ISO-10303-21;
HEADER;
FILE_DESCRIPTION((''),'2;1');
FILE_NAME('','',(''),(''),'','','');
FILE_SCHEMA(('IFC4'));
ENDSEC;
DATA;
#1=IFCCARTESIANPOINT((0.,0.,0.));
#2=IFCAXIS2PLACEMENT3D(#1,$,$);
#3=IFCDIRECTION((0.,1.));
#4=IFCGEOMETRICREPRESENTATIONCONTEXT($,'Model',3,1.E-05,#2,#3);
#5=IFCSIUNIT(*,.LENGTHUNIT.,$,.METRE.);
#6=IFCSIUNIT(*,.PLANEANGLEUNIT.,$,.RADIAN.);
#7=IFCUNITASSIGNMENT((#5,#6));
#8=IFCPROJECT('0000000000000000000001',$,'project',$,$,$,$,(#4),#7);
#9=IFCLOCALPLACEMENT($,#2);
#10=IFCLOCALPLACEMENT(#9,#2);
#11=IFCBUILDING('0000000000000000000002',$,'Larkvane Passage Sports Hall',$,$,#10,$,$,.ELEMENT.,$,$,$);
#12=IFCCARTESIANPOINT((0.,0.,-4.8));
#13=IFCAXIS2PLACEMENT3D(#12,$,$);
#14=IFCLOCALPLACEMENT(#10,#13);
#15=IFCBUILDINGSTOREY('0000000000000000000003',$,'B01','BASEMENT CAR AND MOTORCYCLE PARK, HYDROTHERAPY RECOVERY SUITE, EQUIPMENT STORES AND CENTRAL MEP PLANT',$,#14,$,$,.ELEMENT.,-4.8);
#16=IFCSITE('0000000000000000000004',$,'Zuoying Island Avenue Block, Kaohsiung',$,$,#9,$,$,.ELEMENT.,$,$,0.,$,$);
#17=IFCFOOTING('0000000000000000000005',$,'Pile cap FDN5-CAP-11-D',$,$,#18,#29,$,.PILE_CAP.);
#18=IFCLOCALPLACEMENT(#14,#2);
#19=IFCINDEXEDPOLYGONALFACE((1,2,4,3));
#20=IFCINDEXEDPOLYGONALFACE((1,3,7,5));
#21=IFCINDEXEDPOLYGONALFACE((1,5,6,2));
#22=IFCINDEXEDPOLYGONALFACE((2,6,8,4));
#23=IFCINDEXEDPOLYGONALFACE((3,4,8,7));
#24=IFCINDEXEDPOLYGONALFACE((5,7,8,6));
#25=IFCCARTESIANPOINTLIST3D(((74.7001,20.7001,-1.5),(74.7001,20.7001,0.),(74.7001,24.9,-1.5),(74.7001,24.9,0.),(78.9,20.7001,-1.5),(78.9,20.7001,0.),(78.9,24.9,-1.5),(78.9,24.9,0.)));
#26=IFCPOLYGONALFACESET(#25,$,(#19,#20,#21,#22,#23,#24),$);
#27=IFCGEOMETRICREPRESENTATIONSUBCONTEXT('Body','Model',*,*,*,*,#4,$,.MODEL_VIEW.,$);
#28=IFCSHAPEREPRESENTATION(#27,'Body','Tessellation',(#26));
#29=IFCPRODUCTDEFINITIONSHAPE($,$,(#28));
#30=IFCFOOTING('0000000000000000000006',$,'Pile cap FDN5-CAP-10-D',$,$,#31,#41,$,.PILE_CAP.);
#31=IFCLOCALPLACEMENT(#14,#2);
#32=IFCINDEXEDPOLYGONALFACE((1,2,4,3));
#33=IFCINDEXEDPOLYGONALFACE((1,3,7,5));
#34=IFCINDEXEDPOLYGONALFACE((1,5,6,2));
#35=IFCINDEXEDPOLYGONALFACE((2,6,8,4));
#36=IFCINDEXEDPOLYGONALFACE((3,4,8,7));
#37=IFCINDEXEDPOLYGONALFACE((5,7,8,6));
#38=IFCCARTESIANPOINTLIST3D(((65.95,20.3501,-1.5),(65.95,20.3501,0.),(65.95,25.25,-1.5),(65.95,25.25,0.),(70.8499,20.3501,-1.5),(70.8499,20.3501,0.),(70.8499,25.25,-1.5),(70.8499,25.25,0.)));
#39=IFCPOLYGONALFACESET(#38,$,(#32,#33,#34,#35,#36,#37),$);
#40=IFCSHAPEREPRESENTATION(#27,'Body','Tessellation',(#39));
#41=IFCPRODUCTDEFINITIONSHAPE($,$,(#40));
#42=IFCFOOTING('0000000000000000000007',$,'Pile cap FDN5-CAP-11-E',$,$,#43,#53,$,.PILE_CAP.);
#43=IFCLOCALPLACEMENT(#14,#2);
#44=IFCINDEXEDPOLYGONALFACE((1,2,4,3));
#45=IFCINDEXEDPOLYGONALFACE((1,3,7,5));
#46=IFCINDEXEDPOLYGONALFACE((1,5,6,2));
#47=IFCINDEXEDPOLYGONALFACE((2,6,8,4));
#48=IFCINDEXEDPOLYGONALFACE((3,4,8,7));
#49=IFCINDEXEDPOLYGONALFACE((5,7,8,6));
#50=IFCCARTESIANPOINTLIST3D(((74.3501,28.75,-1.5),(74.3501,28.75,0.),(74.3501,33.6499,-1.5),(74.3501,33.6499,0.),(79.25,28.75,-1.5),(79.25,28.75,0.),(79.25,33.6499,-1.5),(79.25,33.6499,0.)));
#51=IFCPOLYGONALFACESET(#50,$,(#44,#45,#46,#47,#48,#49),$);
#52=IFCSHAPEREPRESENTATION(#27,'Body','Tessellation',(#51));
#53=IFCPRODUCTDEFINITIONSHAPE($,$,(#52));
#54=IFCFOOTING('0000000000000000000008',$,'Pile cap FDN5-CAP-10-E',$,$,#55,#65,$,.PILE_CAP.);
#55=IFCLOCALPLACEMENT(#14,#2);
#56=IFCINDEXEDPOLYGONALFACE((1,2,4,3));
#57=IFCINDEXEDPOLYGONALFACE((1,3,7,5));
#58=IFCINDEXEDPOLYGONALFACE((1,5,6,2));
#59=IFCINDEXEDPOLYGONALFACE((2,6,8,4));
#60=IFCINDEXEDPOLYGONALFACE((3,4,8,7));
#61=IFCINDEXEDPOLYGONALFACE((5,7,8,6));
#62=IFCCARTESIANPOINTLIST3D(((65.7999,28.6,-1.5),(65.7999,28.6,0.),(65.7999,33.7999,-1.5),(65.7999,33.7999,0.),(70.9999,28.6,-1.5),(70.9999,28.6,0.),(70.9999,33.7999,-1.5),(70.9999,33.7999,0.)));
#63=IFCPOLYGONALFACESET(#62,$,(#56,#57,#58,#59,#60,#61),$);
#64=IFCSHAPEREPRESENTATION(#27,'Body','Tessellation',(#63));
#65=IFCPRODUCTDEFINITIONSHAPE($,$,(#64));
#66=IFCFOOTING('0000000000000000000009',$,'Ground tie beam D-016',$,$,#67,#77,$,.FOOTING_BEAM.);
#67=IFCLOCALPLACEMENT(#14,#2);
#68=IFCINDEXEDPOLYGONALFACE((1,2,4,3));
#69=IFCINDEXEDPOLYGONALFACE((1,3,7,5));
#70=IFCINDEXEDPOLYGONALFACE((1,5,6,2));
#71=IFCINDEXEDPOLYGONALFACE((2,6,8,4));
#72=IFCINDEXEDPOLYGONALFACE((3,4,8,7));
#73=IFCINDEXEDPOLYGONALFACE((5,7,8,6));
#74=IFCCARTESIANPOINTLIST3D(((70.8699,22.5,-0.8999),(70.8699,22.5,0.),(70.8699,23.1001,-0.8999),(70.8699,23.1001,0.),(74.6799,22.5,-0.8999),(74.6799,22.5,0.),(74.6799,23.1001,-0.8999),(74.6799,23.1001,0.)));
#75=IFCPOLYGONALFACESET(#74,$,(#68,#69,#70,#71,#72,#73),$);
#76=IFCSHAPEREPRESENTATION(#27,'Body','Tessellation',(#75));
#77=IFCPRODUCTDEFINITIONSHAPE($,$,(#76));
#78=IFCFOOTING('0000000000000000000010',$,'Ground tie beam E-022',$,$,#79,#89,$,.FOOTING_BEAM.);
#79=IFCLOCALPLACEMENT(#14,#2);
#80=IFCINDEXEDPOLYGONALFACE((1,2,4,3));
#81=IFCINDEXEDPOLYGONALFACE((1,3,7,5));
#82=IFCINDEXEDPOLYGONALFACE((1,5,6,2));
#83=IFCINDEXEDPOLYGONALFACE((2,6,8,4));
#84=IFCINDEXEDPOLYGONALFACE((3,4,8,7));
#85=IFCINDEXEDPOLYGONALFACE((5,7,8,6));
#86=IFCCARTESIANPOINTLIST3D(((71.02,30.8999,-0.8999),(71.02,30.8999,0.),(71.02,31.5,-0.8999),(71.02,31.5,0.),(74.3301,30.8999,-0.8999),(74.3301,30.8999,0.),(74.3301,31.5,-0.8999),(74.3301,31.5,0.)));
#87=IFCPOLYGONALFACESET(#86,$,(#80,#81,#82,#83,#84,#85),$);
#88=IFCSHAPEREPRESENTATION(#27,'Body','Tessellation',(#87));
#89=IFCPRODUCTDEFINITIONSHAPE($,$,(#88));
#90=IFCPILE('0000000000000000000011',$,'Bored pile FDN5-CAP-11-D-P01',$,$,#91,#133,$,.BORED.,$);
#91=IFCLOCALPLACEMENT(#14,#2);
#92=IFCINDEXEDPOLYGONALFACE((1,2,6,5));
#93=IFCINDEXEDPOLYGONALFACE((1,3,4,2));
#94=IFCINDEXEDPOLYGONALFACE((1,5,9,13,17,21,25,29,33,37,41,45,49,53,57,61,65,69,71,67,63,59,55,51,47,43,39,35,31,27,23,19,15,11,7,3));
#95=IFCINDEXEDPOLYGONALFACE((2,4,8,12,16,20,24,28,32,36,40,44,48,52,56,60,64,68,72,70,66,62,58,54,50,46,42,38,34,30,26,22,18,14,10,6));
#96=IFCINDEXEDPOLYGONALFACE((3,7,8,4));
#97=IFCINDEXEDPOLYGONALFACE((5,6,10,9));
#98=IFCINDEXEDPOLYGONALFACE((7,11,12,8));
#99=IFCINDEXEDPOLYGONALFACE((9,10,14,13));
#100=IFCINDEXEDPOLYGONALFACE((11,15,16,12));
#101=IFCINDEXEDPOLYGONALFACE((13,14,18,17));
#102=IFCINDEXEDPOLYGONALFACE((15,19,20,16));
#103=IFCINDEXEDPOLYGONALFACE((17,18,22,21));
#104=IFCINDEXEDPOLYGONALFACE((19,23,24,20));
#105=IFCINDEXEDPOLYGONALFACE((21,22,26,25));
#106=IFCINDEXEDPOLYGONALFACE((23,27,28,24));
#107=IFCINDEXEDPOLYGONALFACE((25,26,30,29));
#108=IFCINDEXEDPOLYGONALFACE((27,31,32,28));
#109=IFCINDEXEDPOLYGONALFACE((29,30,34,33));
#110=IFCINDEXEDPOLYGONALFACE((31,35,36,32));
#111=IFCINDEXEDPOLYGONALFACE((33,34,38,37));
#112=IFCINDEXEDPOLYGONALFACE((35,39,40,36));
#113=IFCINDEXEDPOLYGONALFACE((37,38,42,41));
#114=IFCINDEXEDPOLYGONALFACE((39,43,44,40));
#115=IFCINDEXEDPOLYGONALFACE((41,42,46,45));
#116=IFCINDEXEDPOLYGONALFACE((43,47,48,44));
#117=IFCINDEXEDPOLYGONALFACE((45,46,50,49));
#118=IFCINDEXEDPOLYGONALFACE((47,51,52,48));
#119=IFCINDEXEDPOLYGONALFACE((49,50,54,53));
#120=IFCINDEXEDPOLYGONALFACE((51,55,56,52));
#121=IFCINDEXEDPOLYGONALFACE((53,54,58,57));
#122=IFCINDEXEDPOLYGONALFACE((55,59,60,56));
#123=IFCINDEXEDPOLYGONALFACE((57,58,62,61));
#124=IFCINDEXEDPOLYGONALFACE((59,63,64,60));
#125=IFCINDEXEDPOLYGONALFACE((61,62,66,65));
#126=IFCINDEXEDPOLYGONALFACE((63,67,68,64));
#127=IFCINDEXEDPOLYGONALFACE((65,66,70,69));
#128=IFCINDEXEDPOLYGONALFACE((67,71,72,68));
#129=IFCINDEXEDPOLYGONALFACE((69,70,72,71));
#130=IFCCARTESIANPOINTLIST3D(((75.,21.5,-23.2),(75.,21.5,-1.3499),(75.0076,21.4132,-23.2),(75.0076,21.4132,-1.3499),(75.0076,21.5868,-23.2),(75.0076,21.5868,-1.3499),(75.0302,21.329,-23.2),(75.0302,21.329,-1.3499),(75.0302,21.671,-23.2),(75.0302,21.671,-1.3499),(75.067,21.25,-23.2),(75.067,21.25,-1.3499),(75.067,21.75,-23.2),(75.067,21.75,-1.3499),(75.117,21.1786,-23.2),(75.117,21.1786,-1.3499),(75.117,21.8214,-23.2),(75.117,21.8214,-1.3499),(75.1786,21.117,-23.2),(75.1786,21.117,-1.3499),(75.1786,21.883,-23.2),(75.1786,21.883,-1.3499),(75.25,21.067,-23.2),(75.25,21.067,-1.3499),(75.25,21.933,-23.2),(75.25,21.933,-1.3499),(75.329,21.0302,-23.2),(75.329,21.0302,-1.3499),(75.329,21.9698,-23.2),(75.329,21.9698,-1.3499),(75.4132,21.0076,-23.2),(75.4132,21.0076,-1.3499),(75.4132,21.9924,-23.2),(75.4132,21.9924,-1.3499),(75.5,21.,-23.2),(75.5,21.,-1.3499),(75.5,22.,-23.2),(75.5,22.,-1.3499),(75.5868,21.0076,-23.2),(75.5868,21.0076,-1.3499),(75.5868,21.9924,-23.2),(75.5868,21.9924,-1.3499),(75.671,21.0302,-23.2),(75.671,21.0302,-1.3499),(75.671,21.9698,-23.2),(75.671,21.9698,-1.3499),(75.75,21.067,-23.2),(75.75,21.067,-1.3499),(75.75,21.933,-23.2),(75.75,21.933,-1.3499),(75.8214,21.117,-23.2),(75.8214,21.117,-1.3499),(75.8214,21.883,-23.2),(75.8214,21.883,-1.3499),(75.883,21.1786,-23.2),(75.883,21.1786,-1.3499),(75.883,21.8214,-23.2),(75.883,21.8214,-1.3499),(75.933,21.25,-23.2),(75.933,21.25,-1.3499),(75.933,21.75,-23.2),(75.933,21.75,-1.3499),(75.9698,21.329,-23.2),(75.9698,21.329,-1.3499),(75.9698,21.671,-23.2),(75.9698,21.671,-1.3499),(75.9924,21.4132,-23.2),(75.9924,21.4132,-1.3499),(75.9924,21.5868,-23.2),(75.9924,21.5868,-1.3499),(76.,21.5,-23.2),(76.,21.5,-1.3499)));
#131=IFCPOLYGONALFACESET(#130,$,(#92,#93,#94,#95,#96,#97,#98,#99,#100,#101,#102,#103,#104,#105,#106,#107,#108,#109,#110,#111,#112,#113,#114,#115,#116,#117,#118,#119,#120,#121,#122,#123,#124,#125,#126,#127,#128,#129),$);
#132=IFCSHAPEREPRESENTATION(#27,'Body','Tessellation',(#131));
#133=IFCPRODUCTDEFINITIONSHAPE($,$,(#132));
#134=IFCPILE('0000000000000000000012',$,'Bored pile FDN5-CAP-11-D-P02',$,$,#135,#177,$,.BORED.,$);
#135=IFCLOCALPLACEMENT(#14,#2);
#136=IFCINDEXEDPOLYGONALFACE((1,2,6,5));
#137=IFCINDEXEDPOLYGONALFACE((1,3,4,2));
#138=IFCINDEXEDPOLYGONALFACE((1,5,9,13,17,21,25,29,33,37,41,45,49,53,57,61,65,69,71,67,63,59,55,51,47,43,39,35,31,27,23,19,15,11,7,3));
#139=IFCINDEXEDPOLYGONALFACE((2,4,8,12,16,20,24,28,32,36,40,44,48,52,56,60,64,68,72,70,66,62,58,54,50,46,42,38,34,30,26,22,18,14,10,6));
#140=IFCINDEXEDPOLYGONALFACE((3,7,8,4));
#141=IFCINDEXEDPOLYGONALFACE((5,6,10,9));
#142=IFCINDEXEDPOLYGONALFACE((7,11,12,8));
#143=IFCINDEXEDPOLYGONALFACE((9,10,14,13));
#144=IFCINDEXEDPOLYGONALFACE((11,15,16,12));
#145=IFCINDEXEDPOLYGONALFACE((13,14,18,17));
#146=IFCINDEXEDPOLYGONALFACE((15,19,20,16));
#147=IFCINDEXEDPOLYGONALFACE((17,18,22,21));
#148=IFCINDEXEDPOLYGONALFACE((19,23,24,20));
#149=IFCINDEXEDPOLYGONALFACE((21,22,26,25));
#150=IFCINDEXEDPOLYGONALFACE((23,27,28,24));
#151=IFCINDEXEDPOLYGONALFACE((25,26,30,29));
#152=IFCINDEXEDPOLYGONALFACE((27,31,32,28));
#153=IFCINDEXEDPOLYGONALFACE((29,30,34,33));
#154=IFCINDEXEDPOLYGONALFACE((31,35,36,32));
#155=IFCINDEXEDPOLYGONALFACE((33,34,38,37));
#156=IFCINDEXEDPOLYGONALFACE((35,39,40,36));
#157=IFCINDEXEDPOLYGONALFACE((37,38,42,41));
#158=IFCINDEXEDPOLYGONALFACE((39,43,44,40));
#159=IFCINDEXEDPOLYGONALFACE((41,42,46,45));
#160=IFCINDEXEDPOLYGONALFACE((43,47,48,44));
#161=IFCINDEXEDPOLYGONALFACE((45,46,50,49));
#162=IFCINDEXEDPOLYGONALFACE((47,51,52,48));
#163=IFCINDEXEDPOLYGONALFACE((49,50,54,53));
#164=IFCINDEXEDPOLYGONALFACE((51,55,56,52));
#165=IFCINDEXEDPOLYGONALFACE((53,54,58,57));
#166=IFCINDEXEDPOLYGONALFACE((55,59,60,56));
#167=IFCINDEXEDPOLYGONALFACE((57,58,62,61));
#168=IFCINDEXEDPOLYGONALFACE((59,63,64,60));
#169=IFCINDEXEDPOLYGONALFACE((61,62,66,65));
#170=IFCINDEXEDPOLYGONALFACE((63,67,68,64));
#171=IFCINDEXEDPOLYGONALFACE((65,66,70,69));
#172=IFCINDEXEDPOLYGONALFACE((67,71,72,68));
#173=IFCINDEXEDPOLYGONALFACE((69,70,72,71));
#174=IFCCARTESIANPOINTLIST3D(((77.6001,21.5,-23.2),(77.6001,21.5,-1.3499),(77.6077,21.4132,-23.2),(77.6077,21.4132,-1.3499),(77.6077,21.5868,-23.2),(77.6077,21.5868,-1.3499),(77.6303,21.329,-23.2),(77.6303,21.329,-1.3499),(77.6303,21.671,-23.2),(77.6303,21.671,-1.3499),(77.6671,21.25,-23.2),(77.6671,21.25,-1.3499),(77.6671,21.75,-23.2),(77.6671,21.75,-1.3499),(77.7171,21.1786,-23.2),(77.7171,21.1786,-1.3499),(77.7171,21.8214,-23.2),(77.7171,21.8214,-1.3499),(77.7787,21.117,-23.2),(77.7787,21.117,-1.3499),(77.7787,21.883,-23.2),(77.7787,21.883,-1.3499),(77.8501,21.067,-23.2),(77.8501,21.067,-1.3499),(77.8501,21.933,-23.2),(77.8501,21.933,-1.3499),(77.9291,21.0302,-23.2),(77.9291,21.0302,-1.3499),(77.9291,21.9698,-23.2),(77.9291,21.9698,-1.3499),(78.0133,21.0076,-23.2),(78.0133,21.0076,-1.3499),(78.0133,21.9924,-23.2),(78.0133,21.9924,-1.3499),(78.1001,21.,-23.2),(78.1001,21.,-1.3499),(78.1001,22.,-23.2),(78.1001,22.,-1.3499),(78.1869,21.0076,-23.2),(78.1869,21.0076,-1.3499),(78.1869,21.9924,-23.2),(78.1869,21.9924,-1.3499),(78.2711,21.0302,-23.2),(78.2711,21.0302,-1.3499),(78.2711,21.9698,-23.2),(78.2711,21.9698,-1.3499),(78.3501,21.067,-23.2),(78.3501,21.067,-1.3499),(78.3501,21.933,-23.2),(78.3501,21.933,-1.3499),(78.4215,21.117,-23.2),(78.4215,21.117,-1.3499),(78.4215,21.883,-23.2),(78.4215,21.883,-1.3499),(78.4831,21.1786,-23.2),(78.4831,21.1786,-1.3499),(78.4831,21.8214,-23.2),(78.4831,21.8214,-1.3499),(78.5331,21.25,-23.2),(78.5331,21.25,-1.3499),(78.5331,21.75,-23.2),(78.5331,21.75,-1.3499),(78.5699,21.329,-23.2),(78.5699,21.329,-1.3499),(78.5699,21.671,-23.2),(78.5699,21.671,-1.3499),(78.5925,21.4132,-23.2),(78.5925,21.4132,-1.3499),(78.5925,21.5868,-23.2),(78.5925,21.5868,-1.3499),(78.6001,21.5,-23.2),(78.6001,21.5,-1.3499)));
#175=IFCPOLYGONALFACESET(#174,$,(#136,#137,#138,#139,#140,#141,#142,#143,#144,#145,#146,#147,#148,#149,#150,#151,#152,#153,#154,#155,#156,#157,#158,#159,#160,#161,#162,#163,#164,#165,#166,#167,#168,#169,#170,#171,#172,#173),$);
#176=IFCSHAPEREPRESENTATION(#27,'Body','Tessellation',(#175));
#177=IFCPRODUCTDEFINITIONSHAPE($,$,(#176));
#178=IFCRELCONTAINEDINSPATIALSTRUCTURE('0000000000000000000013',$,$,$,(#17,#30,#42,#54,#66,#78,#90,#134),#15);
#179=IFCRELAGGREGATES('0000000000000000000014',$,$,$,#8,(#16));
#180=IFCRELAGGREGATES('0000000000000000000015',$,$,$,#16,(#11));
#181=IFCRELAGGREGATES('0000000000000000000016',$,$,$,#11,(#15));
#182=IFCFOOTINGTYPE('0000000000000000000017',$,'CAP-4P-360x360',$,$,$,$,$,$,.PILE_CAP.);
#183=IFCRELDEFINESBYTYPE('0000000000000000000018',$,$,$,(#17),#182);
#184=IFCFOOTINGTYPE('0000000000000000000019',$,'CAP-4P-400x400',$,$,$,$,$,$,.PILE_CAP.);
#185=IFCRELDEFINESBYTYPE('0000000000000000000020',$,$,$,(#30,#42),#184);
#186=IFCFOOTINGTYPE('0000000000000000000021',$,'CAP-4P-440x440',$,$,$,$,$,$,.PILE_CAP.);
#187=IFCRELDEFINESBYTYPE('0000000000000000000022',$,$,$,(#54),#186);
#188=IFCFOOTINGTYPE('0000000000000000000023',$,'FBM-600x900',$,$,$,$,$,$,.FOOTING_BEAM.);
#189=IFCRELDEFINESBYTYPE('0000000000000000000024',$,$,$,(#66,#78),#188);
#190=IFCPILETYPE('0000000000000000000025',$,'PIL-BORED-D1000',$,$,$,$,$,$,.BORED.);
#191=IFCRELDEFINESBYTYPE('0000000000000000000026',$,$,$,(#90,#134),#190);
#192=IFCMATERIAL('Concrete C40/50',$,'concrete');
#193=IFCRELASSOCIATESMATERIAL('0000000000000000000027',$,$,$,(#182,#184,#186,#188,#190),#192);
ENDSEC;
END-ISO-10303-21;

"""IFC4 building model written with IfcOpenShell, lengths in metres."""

from ifc_helpers import new_model, si_unit, direction, frame, origin, origin_2d, place, context, subcontext, project, spatial, rectangle, circle, extrude, material, material_profile, profile_set, type_object, element, save


model = new_model("IFC4")

# Units and contexts
model_context = context("Model", 3, precision=1e-05, world=origin(), true_north=direction((0.0, 1.0)))
body_context = subcontext(model_context, "Body", "Model", "MODEL_VIEW")
ifc_project = project(units=[si_unit("LENGTHUNIT", "METRE"), si_unit("PLANEANGLEUNIT", "RADIAN")], contexts=[model_context])

# Site, building, storey
site_placement = place(None, origin())
site = spatial("IfcSite", under=ifc_project, at=site_placement, Name="Zuoying Island Avenue Block, Kaohsiung", CompositionType="ELEMENT", RefElevation=0.0)
building_placement = place(site_placement, origin())
building = spatial("IfcBuilding", under=site, at=building_placement, Name="Larkvane Passage Sports Hall", CompositionType="ELEMENT")
storey_placement = place(building_placement, frame((0.0, 0.0, -4.8)))
storey = spatial("IfcBuildingStorey", under=building, at=storey_placement, Name="B01", Description="BASEMENT CAR AND MOTORCYCLE PARK, HYDROTHERAPY RECOVERY SUITE, EQUIPMENT STORES AND CENTRAL MEP PLANT", CompositionType="ELEMENT", Elevation=-4.8)

# Footings
ifc_material_1 = material(Name="Concrete C40/50", Category="concrete")
footing_type_1 = type_object("IfcFootingType", Name="CAP-4P-360x360", PredefinedType="PILE_CAP", material=ifc_material_1)
footing_1_placement = place(storey_placement, frame((76.8, 22.8, -1.5), z_axis=(0.0, 0.0, 1.0), x_axis=(1.0, 0.0, 0.0)))
element("IfcFooting", 1, at=footing_1_placement, inside=storey, type_object=footing_type_1, Name="Pile cap FDN5-CAP-11-D", PredefinedType="PILE_CAP", context=body_context, shape_type="SweptSolid", body=[
    extrude(rectangle(XDim=4.2, YDim=4.2, at=origin_2d()), origin(), (0.0, 0.0, 1.0), 1.5),
])
footing_type_2 = type_object("IfcFootingType", Name="CAP-4P-400x400", PredefinedType="PILE_CAP", material=ifc_material_1)
for number, where, z_axis, x_axis, name in (
    (2, (68.3999, 22.8, -1.5), (0.0, 0.0, 1.0), (1.0, 0.0, 0.0), "Pile cap FDN5-CAP-10-D"),
    (3, (76.8, 31.2, -1.5), (0.0, 0.0, 1.0), (1.0, 0.0, 0.0), "Pile cap FDN5-CAP-11-E"),
):
    element("IfcFooting", number, at=place(storey_placement, frame(where, z_axis=z_axis, x_axis=x_axis)), inside=storey, type_object=footing_type_2, Name=name, PredefinedType="PILE_CAP", context=body_context, shape_type="SweptSolid", body=[
        extrude(rectangle(XDim=4.8999, YDim=4.8999, at=origin_2d()), origin(), (0.0, 0.0, 1.0), 1.5),
    ])
footing_type_3 = type_object("IfcFootingType", Name="CAP-4P-440x440", PredefinedType="PILE_CAP", material=ifc_material_1)
footing_2_placement = place(storey_placement, frame((68.3999, 31.2, -1.5), z_axis=(0.0, 0.0, 1.0), x_axis=(1.0, 0.0, 0.0)))
element("IfcFooting", 4, at=footing_2_placement, inside=storey, type_object=footing_type_3, Name="Pile cap FDN5-CAP-10-E", PredefinedType="PILE_CAP", context=body_context, shape_type="SweptSolid", body=[
    extrude(rectangle(XDim=5.2, YDim=5.2, at=origin_2d()), origin(), (0.0, 0.0, 1.0), 1.5),
])
footing_type_4 = type_object("IfcFootingType", Name="FBM-600x900", PredefinedType="FOOTING_BEAM", material=ifc_material_1)
footing_3_placement = place(storey_placement, frame((72.7749, 22.8, -0.8999), z_axis=(0.0, 0.0, 1.0), x_axis=(1.0, 0.0, 0.0)))
element("IfcFooting", 5, at=footing_3_placement, inside=storey, type_object=footing_type_4, Name="Ground tie beam D-016", PredefinedType="FOOTING_BEAM", context=body_context, shape_type="SweptSolid", body=[
    extrude(rectangle(XDim=3.8101, YDim=0.6001, at=origin_2d()), origin(), (0.0, 0.0, 1.0), 0.8999),
])
footing_4_placement = place(storey_placement, frame((72.675, 31.2, -0.8999), z_axis=(0.0, 0.0, 1.0), x_axis=(1.0, 0.0, 0.0)))
element("IfcFooting", 6, at=footing_4_placement, inside=storey, type_object=footing_type_4, Name="Ground tie beam E-022", PredefinedType="FOOTING_BEAM", context=body_context, shape_type="SweptSolid", body=[
    extrude(rectangle(XDim=3.3101, YDim=0.6001, at=origin_2d()), origin(), (0.0, 0.0, 1.0), 0.8999),
])

# Piles
ifc_material_profile_1 = material_profile(ifc_material_1, circle(Radius=0.5, at=origin_2d()), Name="PILE-D1000")
ifc_profile_set_1 = profile_set([ifc_material_profile_1], Name="Concrete C40/50")
pile_type_1 = type_object("IfcPileType", Name="PIL-BORED-D1000", PredefinedType="BORED", material=ifc_profile_set_1)
for number, where, z_axis, x_axis, name in (
    (7, (75.5, 21.5, -1.3499), (0.0, 0.0, -1.0), (1.0, 0.0, 0.0), "Bored pile FDN5-CAP-11-D-P01"),
    (8, (78.1001, 21.5, -1.3499), (0.0, 0.0, -1.0), (1.0, 0.0, 0.0), "Bored pile FDN5-CAP-11-D-P02"),
):
    element("IfcPile", number, at=place(storey_placement, frame(where, z_axis=z_axis, x_axis=x_axis)), inside=storey, type_object=pile_type_1, Name=name, PredefinedType="BORED", context=body_context, shape_type="SweptSolid", body=[
        extrude(circle(Radius=0.5, at=origin_2d()), origin(), (0.0, 0.0, 1.0), 21.8501),
    ])

save(model, "model.ifc")
